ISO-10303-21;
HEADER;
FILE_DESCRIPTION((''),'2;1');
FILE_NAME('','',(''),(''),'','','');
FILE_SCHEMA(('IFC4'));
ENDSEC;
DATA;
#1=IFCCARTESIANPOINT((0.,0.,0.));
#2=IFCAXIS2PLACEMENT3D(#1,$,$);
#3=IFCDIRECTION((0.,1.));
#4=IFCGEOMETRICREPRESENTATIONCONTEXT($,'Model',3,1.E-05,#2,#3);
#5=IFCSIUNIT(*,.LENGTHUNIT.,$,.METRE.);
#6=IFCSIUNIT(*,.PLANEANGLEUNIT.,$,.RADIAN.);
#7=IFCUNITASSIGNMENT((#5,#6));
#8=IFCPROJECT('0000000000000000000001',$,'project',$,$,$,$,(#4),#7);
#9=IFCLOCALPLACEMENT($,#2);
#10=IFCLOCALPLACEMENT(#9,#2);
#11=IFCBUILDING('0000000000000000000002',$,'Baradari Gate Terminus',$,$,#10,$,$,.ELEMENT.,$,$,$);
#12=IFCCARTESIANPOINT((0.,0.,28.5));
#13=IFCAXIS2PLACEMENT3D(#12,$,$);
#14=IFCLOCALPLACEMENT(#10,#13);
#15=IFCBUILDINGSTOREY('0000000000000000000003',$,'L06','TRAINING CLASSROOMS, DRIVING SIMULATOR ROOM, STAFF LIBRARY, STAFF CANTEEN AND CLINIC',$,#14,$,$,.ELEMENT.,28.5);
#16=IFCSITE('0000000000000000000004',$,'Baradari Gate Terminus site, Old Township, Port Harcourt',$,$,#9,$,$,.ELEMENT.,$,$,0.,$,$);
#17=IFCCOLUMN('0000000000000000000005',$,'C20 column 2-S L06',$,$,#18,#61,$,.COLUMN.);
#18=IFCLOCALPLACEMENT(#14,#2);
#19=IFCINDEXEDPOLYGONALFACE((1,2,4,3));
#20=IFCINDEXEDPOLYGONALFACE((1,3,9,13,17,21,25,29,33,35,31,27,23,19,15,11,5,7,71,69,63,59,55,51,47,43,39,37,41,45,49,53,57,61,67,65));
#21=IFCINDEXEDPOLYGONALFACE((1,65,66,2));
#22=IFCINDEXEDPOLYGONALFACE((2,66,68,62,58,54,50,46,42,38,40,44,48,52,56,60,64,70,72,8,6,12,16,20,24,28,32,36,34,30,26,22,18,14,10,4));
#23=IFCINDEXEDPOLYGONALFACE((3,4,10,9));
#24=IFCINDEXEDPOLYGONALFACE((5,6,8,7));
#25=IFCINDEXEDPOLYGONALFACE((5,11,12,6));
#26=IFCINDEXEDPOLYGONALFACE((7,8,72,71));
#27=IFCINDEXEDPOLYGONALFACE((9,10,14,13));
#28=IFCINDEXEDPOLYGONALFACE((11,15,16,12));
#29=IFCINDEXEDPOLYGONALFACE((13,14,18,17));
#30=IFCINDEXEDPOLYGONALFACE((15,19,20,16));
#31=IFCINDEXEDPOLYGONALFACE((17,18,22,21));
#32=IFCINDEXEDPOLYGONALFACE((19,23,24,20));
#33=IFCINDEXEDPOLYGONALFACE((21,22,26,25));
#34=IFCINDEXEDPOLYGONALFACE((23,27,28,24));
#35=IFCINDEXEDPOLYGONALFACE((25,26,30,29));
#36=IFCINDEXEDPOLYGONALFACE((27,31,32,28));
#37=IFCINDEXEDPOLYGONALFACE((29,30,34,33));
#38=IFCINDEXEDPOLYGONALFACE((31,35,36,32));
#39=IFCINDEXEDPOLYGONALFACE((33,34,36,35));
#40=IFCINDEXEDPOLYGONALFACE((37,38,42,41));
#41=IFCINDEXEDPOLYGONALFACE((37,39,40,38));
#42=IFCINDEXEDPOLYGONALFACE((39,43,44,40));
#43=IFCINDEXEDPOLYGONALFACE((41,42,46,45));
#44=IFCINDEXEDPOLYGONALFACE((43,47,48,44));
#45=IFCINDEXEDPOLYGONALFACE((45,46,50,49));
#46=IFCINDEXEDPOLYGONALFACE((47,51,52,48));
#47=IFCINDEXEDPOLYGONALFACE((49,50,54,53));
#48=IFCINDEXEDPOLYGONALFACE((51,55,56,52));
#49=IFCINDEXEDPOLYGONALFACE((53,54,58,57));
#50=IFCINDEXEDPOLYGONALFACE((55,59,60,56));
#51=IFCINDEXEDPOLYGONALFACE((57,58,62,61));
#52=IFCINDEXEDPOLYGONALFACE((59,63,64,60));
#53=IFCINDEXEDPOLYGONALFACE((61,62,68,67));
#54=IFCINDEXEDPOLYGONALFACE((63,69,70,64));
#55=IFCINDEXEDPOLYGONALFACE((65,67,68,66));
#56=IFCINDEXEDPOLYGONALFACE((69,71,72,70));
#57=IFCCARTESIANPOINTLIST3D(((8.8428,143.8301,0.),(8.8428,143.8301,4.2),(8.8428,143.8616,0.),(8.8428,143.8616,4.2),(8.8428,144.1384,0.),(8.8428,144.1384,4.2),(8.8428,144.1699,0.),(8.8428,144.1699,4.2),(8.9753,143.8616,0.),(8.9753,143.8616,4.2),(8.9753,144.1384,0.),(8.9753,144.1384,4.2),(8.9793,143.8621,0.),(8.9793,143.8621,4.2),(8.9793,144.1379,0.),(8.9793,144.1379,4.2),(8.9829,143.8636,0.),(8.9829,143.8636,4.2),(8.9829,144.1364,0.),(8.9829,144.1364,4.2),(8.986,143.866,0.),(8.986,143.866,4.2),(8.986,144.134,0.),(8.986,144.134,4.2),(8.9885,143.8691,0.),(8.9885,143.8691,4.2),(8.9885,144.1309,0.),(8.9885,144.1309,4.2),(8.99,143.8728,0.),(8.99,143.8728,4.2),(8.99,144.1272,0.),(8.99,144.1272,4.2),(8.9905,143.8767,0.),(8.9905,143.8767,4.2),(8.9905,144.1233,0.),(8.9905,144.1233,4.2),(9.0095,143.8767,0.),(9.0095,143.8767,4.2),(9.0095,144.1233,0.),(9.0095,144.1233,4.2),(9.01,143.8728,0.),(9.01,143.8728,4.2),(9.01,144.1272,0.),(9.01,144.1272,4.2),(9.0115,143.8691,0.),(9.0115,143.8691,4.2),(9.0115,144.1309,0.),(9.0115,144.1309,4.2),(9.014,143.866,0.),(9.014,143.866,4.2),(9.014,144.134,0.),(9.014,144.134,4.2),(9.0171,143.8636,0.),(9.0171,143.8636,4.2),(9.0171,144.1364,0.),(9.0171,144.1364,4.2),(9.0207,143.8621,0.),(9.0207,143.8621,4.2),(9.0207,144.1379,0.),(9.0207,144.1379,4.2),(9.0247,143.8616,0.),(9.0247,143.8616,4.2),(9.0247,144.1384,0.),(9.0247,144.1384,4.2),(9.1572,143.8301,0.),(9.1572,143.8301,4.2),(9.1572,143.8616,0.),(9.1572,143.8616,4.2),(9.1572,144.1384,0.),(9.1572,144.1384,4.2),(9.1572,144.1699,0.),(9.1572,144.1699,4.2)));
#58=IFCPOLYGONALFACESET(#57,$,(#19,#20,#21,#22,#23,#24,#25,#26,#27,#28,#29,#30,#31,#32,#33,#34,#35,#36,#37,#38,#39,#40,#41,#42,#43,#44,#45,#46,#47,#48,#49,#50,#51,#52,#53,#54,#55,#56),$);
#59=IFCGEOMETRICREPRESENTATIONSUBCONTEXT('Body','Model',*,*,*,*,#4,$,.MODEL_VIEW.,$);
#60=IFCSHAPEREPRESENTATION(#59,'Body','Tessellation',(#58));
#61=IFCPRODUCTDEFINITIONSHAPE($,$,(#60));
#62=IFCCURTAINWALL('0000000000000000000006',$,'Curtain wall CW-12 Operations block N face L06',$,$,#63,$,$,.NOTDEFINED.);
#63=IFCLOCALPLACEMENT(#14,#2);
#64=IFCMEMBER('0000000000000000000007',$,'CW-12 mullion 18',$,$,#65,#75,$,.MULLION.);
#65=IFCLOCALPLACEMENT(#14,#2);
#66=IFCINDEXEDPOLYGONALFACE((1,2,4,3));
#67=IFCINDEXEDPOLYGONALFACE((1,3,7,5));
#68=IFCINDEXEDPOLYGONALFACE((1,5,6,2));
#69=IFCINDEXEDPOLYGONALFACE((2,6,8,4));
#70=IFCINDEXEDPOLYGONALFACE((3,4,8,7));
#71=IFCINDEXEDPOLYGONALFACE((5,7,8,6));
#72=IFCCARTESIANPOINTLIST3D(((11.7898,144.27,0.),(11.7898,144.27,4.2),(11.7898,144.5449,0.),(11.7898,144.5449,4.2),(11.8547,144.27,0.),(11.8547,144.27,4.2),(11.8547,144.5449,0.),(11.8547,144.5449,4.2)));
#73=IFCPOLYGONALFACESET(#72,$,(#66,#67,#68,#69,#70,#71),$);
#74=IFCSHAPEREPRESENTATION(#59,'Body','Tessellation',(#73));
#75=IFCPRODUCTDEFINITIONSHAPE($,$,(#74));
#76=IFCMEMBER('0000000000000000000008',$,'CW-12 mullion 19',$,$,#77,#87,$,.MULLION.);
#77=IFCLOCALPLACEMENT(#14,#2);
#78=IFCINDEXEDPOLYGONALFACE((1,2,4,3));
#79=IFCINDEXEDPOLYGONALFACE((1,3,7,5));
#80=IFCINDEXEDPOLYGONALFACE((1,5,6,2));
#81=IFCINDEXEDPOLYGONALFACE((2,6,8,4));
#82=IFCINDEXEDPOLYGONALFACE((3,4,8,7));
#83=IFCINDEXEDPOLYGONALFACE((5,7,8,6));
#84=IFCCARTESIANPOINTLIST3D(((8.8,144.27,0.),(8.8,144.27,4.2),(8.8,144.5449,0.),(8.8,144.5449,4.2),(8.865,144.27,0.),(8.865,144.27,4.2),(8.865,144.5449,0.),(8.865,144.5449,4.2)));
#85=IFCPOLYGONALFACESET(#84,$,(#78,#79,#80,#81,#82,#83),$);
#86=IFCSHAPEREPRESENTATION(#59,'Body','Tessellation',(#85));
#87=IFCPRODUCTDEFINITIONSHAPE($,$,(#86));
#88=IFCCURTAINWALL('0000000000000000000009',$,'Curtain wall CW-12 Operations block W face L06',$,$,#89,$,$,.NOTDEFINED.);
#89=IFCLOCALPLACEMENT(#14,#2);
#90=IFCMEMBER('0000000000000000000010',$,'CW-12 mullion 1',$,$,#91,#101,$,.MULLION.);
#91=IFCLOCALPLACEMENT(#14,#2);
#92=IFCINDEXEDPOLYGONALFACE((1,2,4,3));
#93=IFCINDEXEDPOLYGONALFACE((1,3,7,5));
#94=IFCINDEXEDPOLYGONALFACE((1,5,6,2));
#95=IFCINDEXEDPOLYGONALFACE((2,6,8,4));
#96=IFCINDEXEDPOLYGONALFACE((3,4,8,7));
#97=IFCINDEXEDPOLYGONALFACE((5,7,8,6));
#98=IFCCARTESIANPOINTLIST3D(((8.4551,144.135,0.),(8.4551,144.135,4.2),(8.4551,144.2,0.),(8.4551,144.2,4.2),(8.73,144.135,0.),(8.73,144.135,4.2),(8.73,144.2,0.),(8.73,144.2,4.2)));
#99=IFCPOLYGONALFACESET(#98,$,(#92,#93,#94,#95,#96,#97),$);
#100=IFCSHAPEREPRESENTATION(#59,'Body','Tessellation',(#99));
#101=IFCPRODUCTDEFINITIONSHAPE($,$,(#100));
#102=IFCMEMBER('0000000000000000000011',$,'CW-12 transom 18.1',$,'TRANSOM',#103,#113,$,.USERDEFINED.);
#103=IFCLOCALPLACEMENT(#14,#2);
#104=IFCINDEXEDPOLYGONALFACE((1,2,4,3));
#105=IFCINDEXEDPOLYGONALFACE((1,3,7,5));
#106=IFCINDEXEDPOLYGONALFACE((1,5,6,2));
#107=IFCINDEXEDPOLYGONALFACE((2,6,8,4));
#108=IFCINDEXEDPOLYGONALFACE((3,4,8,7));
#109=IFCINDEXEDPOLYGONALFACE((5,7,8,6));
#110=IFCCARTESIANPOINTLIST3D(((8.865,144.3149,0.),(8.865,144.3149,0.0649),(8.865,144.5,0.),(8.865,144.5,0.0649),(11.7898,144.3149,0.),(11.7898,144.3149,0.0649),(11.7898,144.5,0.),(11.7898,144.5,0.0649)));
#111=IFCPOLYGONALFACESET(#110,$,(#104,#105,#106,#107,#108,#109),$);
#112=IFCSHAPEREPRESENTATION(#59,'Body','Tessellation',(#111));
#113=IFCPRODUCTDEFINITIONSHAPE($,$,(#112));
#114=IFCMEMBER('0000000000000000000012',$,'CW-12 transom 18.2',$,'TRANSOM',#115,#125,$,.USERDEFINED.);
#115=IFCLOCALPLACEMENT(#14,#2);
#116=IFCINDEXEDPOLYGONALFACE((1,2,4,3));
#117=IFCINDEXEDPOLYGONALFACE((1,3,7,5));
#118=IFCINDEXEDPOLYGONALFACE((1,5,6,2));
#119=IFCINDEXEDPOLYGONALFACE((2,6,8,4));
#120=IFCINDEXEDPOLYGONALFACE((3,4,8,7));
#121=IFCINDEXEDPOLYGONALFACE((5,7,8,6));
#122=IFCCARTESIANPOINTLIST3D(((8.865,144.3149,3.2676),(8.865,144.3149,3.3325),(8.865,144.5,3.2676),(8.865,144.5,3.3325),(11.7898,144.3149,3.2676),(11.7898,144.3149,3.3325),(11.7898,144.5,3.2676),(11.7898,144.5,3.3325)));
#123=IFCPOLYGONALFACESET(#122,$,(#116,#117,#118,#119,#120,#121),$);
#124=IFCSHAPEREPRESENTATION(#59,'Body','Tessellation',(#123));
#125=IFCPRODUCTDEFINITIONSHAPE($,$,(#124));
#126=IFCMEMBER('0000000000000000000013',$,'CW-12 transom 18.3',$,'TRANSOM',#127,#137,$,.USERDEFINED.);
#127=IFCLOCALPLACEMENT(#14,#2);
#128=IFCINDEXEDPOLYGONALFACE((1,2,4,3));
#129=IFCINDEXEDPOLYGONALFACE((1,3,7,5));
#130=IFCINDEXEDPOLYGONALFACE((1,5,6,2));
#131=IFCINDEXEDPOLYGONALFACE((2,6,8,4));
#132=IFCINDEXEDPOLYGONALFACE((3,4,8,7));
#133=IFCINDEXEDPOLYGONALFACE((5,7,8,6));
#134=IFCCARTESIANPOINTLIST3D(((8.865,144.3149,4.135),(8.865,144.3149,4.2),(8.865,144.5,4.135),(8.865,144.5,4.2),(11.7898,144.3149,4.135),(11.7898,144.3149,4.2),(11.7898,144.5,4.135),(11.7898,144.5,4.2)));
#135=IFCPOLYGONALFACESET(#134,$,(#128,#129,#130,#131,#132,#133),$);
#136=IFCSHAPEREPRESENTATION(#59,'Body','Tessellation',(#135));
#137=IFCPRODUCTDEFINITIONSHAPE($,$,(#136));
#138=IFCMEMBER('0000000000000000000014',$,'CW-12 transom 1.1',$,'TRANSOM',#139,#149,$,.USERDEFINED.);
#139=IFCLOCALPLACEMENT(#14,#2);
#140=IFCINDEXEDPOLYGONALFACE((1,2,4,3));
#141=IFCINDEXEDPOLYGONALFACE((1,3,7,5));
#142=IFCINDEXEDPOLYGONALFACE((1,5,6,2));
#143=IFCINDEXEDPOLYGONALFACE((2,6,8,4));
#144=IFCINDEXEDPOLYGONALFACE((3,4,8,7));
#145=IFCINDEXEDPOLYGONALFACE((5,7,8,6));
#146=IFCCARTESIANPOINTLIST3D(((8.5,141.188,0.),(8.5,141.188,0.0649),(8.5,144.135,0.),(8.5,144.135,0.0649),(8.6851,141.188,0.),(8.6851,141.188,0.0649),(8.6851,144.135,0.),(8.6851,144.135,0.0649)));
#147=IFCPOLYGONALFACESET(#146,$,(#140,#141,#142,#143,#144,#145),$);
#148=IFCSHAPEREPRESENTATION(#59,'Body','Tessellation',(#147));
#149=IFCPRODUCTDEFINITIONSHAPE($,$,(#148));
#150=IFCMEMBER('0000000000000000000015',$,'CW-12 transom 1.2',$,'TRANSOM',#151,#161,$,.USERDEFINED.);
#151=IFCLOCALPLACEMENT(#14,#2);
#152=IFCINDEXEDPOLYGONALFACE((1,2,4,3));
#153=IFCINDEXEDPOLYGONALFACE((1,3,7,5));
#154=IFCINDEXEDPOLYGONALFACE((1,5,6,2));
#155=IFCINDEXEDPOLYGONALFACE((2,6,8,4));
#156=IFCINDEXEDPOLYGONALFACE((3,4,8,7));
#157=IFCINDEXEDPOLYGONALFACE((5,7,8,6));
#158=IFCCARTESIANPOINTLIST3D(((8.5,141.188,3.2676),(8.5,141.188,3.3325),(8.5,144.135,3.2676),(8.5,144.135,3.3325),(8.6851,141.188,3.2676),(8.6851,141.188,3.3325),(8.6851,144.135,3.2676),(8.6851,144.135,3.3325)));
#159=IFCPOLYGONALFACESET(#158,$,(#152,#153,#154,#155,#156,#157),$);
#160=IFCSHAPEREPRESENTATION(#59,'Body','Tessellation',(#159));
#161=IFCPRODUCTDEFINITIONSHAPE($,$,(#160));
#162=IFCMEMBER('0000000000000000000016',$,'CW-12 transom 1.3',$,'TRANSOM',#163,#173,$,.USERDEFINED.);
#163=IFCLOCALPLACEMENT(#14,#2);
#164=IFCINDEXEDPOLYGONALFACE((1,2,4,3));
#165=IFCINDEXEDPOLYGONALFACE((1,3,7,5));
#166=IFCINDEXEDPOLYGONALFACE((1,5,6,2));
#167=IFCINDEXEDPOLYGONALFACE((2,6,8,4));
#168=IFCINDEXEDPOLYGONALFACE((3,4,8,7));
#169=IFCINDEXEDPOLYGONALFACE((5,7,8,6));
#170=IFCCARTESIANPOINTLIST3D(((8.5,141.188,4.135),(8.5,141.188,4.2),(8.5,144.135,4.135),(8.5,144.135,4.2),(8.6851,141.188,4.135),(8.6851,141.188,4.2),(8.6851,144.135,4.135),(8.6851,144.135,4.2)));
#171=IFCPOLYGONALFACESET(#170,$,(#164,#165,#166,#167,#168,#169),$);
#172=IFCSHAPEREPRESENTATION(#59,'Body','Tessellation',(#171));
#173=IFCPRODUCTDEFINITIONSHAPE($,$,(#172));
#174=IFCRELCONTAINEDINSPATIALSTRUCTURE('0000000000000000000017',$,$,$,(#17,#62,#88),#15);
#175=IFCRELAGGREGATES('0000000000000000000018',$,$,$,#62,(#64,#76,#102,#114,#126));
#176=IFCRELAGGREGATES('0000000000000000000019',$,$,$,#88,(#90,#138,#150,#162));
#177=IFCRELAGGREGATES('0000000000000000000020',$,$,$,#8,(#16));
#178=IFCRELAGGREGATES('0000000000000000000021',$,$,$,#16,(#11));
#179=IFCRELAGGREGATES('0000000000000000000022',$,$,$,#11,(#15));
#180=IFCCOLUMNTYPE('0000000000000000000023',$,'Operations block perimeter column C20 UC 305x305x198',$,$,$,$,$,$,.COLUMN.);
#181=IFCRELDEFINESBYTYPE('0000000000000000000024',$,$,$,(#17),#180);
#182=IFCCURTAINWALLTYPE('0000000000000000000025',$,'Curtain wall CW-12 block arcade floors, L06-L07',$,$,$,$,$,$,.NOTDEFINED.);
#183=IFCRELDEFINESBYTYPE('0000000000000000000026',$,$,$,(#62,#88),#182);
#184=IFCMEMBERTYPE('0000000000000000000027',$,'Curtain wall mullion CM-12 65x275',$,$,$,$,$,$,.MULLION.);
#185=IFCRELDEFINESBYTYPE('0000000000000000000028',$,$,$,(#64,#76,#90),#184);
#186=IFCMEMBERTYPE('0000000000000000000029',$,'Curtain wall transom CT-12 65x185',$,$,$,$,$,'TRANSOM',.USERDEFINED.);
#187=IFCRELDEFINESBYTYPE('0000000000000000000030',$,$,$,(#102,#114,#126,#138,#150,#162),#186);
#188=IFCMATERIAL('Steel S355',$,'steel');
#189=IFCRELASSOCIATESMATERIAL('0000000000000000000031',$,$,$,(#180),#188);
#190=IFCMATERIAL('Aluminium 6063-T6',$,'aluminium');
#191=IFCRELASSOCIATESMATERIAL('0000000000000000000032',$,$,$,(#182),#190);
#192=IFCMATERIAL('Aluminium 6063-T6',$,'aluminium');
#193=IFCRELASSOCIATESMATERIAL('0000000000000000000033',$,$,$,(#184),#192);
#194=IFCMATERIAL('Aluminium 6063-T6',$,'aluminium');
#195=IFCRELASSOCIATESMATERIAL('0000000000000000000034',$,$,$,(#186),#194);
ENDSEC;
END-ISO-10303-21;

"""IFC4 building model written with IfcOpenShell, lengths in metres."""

from ifc_helpers import new_model, si_unit, direction, frame, origin, origin_2d, place, context, subcontext, project, spatial, rectangle, i_section, extrude, material, material_profile, profile_set, type_object, element, aggregate, save


model = new_model("IFC4")

# Units and contexts
model_context = context("Model", 3, precision=1e-05, world=origin(), true_north=direction((0.0, 1.0)))
body_context = subcontext(model_context, "Body", "Model", "MODEL_VIEW")
ifc_project = project(units=[si_unit("LENGTHUNIT", "METRE"), si_unit("PLANEANGLEUNIT", "RADIAN")], contexts=[model_context])

# Site, building, storey
site_placement = place(None, origin())
site = spatial("IfcSite", under=ifc_project, at=site_placement, Name="Baradari Gate Terminus site, Old Township, Port Harcourt", CompositionType="ELEMENT", RefElevation=0.0)
building_placement = place(site_placement, origin())
building = spatial("IfcBuilding", under=site, at=building_placement, Name="Baradari Gate Terminus", CompositionType="ELEMENT")
storey_placement = place(building_placement, frame((0.0, 0.0, 28.5)))
storey = spatial("IfcBuildingStorey", under=building, at=storey_placement, Name="L06", Description="TRAINING CLASSROOMS, DRIVING SIMULATOR ROOM, STAFF LIBRARY, STAFF CANTEEN AND CLINIC", CompositionType="ELEMENT", Elevation=28.5)

# Column
ifc_material_1 = material(Name="Steel S355", Category="steel")
ifc_material_profile_1 = material_profile(ifc_material_1, i_section(OverallWidth=0.3145, OverallDepth=0.3398, WebThickness=0.019, FlangeThickness=0.0315, FilletRadius=0.0151, at=origin_2d()), Name="UC 305x305x198")
ifc_profile_set_1 = profile_set([ifc_material_profile_1], Name="Steel S355")
column_type = type_object("IfcColumnType", Name="Operations block perimeter column C20 UC 305x305x198", PredefinedType="COLUMN", material=ifc_profile_set_1)
column_placement = place(storey_placement, frame((9.0, 144.0, 0.0), z_axis=(0.0, 0.0, 1.0), x_axis=(1.0, 0.0, 0.0)))
element("IfcColumn", 1, at=column_placement, inside=storey, type_object=column_type, Name="C20 column 2-S L06", PredefinedType="COLUMN", context=body_context, shape_type="SweptSolid", body=[
    extrude(i_section(OverallWidth=0.3145, OverallDepth=0.3398, WebThickness=0.019, FlangeThickness=0.0315, FilletRadius=0.0151, at=origin_2d()), origin(), (0.0, 0.0, 1.0), 4.2),
])

# Curtain wall, members
ifc_material_2 = material(Name="Aluminium 6063-T6", Category="aluminium")
curtain_wall_type = type_object("IfcCurtainWallType", Name="Curtain wall CW-12 block arcade floors, L06-L07", PredefinedType="NOTDEFINED", material=ifc_material_2)
curtain_wall_1_placement = place(storey_placement, origin())
curtain_wall_1 = element("IfcCurtainWall", 2, at=curtain_wall_1_placement, inside=storey, type_object=curtain_wall_type, Name="Curtain wall CW-12 Operations block N face L06", PredefinedType="NOTDEFINED")
ifc_material_3 = material(Name="Aluminium 6063-T6", Category="aluminium")
ifc_material_profile_2 = material_profile(ifc_material_3, rectangle(XDim=0.2749, YDim=0.0649, at=origin_2d()), Name="CM-12 65X275")
ifc_profile_set_2 = profile_set([ifc_material_profile_2], Name="Aluminium 6063-T6")
member_type_1 = type_object("IfcMemberType", Name="Curtain wall mullion CM-12 65x275", PredefinedType="MULLION", material=ifc_profile_set_2)
member_1_placement = place(storey_placement, frame((11.8223, 144.4075, 0.0), z_axis=(0.0, 0.0, 1.0), x_axis=(0.0, -1.0, 0.0)))
member_1 = element("IfcMember", 3, at=member_1_placement, type_object=member_type_1, Name="CW-12 mullion 18", PredefinedType="MULLION", context=body_context, shape_type="SweptSolid", body=[
    extrude(rectangle(XDim=0.2749, YDim=0.0649, at=origin_2d()), origin(), (0.0, 0.0, 1.0), 4.2),
])
member_2_placement = place(storey_placement, frame((8.8325, 144.4075, 0.0), z_axis=(0.0, 0.0, 1.0), x_axis=(0.0, -1.0, 0.0)))
member_2 = element("IfcMember", 4, at=member_2_placement, type_object=member_type_1, Name="CW-12 mullion 19", PredefinedType="MULLION", context=body_context, shape_type="SweptSolid", body=[
    extrude(rectangle(XDim=0.2749, YDim=0.0649, at=origin_2d()), origin(), (0.0, 0.0, 1.0), 4.2),
])

# Curtain wall, member
curtain_wall_2_placement = place(storey_placement, origin())
curtain_wall_2 = element("IfcCurtainWall", 5, at=curtain_wall_2_placement, inside=storey, type_object=curtain_wall_type, Name="Curtain wall CW-12 Operations block W face L06", PredefinedType="NOTDEFINED")
member_3_placement = place(storey_placement, frame((8.5925, 144.1675, 0.0), z_axis=(0.0, 0.0, 1.0), x_axis=(1.0, 0.0, 0.0)))
member_3 = element("IfcMember", 6, at=member_3_placement, type_object=member_type_1, Name="CW-12 mullion 1", PredefinedType="MULLION", context=body_context, shape_type="SweptSolid", body=[
    extrude(rectangle(XDim=0.2749, YDim=0.0649, at=origin_2d()), origin(), (0.0, 0.0, 1.0), 4.2),
])

# Members
ifc_material_4 = material(Name="Aluminium 6063-T6", Category="aluminium")
ifc_material_profile_3 = material_profile(ifc_material_4, rectangle(XDim=0.1851, YDim=0.0649, at=origin_2d()), Name="CT-12 65X185")
ifc_profile_set_3 = profile_set([ifc_material_profile_3], Name="Aluminium 6063-T6")
member_type_2 = type_object("IfcMemberType", Name="Curtain wall transom CT-12 65x185", ElementType="TRANSOM", PredefinedType="USERDEFINED", material=ifc_profile_set_3)
member_4_placement = place(storey_placement, frame((11.7898, 144.4075, 0.0325), z_axis=(-1.0, 0.0, 0.0), x_axis=(0.0, -1.0, 0.0)))
member_4 = element("IfcMember", 7, at=member_4_placement, type_object=member_type_2, Name="CW-12 transom 18.1", ObjectType="TRANSOM", PredefinedType="USERDEFINED", context=body_context, shape_type="SweptSolid", body=[
    extrude(rectangle(XDim=0.1851, YDim=0.0649, at=origin_2d()), origin(), (0.0, 0.0, 1.0), 2.9248),
])
member_5_placement = place(storey_placement, frame((11.7898, 144.4075, 3.3), z_axis=(-1.0, 0.0, 0.0), x_axis=(0.0, -1.0, 0.0)))
member_5 = element("IfcMember", 8, at=member_5_placement, type_object=member_type_2, Name="CW-12 transom 18.2", ObjectType="TRANSOM", PredefinedType="USERDEFINED", context=body_context, shape_type="SweptSolid", body=[
    extrude(rectangle(XDim=0.1851, YDim=0.0649, at=origin_2d()), origin(), (0.0, 0.0, 1.0), 2.9248),
])
member_6_placement = place(storey_placement, frame((11.7898, 144.4075, 4.1675), z_axis=(-1.0, 0.0, 0.0), x_axis=(0.0, -1.0, 0.0)))
member_6 = element("IfcMember", 9, at=member_6_placement, type_object=member_type_2, Name="CW-12 transom 18.3", ObjectType="TRANSOM", PredefinedType="USERDEFINED", context=body_context, shape_type="SweptSolid", body=[
    extrude(rectangle(XDim=0.1851, YDim=0.0649, at=origin_2d()), origin(), (0.0, 0.0, 1.0), 2.9248),
])
member_7_placement = place(storey_placement, frame((8.5925, 144.135, 0.0325), z_axis=(0.0, -1.0, 0.0), x_axis=(1.0, 0.0, 0.0)))
member_7 = element("IfcMember", 10, at=member_7_placement, type_object=member_type_2, Name="CW-12 transom 1.1", ObjectType="TRANSOM", PredefinedType="USERDEFINED", context=body_context, shape_type="SweptSolid", body=[
    extrude(rectangle(XDim=0.1851, YDim=0.0649, at=origin_2d()), origin(), (0.0, 0.0, 1.0), 2.947),
])
member_8_placement = place(storey_placement, frame((8.5925, 144.135, 3.3), z_axis=(0.0, -1.0, 0.0), x_axis=(1.0, 0.0, 0.0)))
member_8 = element("IfcMember", 11, at=member_8_placement, type_object=member_type_2, Name="CW-12 transom 1.2", ObjectType="TRANSOM", PredefinedType="USERDEFINED", context=body_context, shape_type="SweptSolid", body=[
    extrude(rectangle(XDim=0.1851, YDim=0.0649, at=origin_2d()), origin(), (0.0, 0.0, 1.0), 2.947),
])
member_9_placement = place(storey_placement, frame((8.5925, 144.135, 4.1675), z_axis=(0.0, -1.0, 0.0), x_axis=(1.0, 0.0, 0.0)))
member_9 = element("IfcMember", 12, at=member_9_placement, type_object=member_type_2, Name="CW-12 transom 1.3", ObjectType="TRANSOM", PredefinedType="USERDEFINED", context=body_context, shape_type="SweptSolid", body=[
    extrude(rectangle(XDim=0.1851, YDim=0.0649, at=origin_2d()), origin(), (0.0, 0.0, 1.0), 2.947),
])

aggregate(curtain_wall_1, [member_1, member_2, member_4, member_5, member_6])
aggregate(curtain_wall_2, [member_3, member_7, member_8, member_9])

save(model, "model.ifc")
